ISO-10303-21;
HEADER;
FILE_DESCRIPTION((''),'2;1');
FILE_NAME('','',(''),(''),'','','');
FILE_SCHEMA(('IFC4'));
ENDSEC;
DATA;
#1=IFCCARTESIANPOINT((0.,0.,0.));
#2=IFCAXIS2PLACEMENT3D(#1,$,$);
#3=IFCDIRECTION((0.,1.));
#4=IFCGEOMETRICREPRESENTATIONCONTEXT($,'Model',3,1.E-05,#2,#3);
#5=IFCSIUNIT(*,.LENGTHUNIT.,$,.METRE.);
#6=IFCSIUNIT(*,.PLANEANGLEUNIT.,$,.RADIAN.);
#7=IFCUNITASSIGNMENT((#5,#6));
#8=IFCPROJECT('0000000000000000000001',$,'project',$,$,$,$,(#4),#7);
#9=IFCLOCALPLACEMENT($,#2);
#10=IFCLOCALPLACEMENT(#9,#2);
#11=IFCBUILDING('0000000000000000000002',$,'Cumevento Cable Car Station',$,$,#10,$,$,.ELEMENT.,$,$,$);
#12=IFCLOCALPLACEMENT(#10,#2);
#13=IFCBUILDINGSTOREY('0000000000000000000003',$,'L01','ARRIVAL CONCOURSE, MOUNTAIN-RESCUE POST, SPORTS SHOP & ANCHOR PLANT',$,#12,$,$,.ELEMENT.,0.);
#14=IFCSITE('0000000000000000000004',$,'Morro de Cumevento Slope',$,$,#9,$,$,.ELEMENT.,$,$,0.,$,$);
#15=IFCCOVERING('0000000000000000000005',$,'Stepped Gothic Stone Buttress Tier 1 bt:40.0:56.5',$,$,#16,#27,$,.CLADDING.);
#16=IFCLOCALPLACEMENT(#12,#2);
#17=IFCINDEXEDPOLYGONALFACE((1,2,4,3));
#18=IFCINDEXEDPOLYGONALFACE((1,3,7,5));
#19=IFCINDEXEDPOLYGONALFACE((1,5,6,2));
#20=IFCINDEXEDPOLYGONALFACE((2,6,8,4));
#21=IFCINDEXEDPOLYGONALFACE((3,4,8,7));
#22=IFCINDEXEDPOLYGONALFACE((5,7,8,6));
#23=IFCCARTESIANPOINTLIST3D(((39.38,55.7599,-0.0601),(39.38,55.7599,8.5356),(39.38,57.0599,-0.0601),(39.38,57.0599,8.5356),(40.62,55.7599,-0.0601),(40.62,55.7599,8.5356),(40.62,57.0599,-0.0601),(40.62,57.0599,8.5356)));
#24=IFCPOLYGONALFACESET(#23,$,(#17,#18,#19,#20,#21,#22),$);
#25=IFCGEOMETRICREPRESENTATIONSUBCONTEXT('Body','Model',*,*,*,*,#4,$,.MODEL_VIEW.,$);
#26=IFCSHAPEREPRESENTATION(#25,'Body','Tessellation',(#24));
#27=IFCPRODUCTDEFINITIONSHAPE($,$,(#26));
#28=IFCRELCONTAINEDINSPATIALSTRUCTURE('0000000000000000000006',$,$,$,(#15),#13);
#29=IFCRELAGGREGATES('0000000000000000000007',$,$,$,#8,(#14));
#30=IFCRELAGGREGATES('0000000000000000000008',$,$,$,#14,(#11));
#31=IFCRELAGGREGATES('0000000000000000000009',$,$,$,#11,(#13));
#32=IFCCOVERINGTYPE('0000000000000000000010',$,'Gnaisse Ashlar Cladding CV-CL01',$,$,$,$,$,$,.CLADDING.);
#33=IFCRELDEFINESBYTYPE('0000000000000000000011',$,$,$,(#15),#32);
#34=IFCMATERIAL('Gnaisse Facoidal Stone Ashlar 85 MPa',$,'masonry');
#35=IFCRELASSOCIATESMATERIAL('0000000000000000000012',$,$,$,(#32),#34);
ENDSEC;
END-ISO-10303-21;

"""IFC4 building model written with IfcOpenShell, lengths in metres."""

from ifc_helpers import new_model, si_unit, direction, frame, origin, origin_2d, place, context, subcontext, project, spatial, rectangle, extrude, material, type_object, element, save


model = new_model("IFC4")

# Units and contexts
model_context = context("Model", 3, precision=1e-05, world=origin(), true_north=direction((0.0, 1.0)))
body_context = subcontext(model_context, "Body", "Model", "MODEL_VIEW")
ifc_project = project(units=[si_unit("LENGTHUNIT", "METRE"), si_unit("PLANEANGLEUNIT", "RADIAN")], contexts=[model_context])

# Site, building, storey
site_placement = place(None, origin())
site = spatial("IfcSite", under=ifc_project, at=site_placement, Name="Morro de Cumevento Slope", CompositionType="ELEMENT", RefElevation=0.0)
building_placement = place(site_placement, origin())
building = spatial("IfcBuilding", under=site, at=building_placement, Name="Cumevento Cable Car Station", CompositionType="ELEMENT")
storey_placement = place(building_placement, origin())
storey = spatial("IfcBuildingStorey", under=building, at=storey_placement, Name="L01", Description="ARRIVAL CONCOURSE, MOUNTAIN-RESCUE POST, SPORTS SHOP & ANCHOR PLANT", CompositionType="ELEMENT", Elevation=0.0)

# Covering
ifc_material_1 = material(Name="Gnaisse Facoidal Stone Ashlar 85 MPa", Category="masonry")
covering_type = type_object("IfcCoveringType", Name="Gnaisse Ashlar Cladding CV-CL01", PredefinedType="CLADDING", material=ifc_material_1)
covering_1_placement = place(storey_placement, frame((40.0, 56.4099, -0.0601), z_axis=(0.0, 0.0, 1.0), x_axis=(1.0, 0.0, 0.0)))
element("IfcCovering", 1, at=covering_1_placement, inside=storey, type_object=covering_type, Name="Stepped Gothic Stone Buttress Tier 1 bt:40.0:56.5", PredefinedType="CLADDING", context=body_context, shape_type="SweptSolid", body=[
    extrude(rectangle(XDim=1.24, YDim=1.3, at=origin_2d()), origin(), (0.0, 0.0, 1.0), 8.5957),
])

save(model, "model.ifc")
